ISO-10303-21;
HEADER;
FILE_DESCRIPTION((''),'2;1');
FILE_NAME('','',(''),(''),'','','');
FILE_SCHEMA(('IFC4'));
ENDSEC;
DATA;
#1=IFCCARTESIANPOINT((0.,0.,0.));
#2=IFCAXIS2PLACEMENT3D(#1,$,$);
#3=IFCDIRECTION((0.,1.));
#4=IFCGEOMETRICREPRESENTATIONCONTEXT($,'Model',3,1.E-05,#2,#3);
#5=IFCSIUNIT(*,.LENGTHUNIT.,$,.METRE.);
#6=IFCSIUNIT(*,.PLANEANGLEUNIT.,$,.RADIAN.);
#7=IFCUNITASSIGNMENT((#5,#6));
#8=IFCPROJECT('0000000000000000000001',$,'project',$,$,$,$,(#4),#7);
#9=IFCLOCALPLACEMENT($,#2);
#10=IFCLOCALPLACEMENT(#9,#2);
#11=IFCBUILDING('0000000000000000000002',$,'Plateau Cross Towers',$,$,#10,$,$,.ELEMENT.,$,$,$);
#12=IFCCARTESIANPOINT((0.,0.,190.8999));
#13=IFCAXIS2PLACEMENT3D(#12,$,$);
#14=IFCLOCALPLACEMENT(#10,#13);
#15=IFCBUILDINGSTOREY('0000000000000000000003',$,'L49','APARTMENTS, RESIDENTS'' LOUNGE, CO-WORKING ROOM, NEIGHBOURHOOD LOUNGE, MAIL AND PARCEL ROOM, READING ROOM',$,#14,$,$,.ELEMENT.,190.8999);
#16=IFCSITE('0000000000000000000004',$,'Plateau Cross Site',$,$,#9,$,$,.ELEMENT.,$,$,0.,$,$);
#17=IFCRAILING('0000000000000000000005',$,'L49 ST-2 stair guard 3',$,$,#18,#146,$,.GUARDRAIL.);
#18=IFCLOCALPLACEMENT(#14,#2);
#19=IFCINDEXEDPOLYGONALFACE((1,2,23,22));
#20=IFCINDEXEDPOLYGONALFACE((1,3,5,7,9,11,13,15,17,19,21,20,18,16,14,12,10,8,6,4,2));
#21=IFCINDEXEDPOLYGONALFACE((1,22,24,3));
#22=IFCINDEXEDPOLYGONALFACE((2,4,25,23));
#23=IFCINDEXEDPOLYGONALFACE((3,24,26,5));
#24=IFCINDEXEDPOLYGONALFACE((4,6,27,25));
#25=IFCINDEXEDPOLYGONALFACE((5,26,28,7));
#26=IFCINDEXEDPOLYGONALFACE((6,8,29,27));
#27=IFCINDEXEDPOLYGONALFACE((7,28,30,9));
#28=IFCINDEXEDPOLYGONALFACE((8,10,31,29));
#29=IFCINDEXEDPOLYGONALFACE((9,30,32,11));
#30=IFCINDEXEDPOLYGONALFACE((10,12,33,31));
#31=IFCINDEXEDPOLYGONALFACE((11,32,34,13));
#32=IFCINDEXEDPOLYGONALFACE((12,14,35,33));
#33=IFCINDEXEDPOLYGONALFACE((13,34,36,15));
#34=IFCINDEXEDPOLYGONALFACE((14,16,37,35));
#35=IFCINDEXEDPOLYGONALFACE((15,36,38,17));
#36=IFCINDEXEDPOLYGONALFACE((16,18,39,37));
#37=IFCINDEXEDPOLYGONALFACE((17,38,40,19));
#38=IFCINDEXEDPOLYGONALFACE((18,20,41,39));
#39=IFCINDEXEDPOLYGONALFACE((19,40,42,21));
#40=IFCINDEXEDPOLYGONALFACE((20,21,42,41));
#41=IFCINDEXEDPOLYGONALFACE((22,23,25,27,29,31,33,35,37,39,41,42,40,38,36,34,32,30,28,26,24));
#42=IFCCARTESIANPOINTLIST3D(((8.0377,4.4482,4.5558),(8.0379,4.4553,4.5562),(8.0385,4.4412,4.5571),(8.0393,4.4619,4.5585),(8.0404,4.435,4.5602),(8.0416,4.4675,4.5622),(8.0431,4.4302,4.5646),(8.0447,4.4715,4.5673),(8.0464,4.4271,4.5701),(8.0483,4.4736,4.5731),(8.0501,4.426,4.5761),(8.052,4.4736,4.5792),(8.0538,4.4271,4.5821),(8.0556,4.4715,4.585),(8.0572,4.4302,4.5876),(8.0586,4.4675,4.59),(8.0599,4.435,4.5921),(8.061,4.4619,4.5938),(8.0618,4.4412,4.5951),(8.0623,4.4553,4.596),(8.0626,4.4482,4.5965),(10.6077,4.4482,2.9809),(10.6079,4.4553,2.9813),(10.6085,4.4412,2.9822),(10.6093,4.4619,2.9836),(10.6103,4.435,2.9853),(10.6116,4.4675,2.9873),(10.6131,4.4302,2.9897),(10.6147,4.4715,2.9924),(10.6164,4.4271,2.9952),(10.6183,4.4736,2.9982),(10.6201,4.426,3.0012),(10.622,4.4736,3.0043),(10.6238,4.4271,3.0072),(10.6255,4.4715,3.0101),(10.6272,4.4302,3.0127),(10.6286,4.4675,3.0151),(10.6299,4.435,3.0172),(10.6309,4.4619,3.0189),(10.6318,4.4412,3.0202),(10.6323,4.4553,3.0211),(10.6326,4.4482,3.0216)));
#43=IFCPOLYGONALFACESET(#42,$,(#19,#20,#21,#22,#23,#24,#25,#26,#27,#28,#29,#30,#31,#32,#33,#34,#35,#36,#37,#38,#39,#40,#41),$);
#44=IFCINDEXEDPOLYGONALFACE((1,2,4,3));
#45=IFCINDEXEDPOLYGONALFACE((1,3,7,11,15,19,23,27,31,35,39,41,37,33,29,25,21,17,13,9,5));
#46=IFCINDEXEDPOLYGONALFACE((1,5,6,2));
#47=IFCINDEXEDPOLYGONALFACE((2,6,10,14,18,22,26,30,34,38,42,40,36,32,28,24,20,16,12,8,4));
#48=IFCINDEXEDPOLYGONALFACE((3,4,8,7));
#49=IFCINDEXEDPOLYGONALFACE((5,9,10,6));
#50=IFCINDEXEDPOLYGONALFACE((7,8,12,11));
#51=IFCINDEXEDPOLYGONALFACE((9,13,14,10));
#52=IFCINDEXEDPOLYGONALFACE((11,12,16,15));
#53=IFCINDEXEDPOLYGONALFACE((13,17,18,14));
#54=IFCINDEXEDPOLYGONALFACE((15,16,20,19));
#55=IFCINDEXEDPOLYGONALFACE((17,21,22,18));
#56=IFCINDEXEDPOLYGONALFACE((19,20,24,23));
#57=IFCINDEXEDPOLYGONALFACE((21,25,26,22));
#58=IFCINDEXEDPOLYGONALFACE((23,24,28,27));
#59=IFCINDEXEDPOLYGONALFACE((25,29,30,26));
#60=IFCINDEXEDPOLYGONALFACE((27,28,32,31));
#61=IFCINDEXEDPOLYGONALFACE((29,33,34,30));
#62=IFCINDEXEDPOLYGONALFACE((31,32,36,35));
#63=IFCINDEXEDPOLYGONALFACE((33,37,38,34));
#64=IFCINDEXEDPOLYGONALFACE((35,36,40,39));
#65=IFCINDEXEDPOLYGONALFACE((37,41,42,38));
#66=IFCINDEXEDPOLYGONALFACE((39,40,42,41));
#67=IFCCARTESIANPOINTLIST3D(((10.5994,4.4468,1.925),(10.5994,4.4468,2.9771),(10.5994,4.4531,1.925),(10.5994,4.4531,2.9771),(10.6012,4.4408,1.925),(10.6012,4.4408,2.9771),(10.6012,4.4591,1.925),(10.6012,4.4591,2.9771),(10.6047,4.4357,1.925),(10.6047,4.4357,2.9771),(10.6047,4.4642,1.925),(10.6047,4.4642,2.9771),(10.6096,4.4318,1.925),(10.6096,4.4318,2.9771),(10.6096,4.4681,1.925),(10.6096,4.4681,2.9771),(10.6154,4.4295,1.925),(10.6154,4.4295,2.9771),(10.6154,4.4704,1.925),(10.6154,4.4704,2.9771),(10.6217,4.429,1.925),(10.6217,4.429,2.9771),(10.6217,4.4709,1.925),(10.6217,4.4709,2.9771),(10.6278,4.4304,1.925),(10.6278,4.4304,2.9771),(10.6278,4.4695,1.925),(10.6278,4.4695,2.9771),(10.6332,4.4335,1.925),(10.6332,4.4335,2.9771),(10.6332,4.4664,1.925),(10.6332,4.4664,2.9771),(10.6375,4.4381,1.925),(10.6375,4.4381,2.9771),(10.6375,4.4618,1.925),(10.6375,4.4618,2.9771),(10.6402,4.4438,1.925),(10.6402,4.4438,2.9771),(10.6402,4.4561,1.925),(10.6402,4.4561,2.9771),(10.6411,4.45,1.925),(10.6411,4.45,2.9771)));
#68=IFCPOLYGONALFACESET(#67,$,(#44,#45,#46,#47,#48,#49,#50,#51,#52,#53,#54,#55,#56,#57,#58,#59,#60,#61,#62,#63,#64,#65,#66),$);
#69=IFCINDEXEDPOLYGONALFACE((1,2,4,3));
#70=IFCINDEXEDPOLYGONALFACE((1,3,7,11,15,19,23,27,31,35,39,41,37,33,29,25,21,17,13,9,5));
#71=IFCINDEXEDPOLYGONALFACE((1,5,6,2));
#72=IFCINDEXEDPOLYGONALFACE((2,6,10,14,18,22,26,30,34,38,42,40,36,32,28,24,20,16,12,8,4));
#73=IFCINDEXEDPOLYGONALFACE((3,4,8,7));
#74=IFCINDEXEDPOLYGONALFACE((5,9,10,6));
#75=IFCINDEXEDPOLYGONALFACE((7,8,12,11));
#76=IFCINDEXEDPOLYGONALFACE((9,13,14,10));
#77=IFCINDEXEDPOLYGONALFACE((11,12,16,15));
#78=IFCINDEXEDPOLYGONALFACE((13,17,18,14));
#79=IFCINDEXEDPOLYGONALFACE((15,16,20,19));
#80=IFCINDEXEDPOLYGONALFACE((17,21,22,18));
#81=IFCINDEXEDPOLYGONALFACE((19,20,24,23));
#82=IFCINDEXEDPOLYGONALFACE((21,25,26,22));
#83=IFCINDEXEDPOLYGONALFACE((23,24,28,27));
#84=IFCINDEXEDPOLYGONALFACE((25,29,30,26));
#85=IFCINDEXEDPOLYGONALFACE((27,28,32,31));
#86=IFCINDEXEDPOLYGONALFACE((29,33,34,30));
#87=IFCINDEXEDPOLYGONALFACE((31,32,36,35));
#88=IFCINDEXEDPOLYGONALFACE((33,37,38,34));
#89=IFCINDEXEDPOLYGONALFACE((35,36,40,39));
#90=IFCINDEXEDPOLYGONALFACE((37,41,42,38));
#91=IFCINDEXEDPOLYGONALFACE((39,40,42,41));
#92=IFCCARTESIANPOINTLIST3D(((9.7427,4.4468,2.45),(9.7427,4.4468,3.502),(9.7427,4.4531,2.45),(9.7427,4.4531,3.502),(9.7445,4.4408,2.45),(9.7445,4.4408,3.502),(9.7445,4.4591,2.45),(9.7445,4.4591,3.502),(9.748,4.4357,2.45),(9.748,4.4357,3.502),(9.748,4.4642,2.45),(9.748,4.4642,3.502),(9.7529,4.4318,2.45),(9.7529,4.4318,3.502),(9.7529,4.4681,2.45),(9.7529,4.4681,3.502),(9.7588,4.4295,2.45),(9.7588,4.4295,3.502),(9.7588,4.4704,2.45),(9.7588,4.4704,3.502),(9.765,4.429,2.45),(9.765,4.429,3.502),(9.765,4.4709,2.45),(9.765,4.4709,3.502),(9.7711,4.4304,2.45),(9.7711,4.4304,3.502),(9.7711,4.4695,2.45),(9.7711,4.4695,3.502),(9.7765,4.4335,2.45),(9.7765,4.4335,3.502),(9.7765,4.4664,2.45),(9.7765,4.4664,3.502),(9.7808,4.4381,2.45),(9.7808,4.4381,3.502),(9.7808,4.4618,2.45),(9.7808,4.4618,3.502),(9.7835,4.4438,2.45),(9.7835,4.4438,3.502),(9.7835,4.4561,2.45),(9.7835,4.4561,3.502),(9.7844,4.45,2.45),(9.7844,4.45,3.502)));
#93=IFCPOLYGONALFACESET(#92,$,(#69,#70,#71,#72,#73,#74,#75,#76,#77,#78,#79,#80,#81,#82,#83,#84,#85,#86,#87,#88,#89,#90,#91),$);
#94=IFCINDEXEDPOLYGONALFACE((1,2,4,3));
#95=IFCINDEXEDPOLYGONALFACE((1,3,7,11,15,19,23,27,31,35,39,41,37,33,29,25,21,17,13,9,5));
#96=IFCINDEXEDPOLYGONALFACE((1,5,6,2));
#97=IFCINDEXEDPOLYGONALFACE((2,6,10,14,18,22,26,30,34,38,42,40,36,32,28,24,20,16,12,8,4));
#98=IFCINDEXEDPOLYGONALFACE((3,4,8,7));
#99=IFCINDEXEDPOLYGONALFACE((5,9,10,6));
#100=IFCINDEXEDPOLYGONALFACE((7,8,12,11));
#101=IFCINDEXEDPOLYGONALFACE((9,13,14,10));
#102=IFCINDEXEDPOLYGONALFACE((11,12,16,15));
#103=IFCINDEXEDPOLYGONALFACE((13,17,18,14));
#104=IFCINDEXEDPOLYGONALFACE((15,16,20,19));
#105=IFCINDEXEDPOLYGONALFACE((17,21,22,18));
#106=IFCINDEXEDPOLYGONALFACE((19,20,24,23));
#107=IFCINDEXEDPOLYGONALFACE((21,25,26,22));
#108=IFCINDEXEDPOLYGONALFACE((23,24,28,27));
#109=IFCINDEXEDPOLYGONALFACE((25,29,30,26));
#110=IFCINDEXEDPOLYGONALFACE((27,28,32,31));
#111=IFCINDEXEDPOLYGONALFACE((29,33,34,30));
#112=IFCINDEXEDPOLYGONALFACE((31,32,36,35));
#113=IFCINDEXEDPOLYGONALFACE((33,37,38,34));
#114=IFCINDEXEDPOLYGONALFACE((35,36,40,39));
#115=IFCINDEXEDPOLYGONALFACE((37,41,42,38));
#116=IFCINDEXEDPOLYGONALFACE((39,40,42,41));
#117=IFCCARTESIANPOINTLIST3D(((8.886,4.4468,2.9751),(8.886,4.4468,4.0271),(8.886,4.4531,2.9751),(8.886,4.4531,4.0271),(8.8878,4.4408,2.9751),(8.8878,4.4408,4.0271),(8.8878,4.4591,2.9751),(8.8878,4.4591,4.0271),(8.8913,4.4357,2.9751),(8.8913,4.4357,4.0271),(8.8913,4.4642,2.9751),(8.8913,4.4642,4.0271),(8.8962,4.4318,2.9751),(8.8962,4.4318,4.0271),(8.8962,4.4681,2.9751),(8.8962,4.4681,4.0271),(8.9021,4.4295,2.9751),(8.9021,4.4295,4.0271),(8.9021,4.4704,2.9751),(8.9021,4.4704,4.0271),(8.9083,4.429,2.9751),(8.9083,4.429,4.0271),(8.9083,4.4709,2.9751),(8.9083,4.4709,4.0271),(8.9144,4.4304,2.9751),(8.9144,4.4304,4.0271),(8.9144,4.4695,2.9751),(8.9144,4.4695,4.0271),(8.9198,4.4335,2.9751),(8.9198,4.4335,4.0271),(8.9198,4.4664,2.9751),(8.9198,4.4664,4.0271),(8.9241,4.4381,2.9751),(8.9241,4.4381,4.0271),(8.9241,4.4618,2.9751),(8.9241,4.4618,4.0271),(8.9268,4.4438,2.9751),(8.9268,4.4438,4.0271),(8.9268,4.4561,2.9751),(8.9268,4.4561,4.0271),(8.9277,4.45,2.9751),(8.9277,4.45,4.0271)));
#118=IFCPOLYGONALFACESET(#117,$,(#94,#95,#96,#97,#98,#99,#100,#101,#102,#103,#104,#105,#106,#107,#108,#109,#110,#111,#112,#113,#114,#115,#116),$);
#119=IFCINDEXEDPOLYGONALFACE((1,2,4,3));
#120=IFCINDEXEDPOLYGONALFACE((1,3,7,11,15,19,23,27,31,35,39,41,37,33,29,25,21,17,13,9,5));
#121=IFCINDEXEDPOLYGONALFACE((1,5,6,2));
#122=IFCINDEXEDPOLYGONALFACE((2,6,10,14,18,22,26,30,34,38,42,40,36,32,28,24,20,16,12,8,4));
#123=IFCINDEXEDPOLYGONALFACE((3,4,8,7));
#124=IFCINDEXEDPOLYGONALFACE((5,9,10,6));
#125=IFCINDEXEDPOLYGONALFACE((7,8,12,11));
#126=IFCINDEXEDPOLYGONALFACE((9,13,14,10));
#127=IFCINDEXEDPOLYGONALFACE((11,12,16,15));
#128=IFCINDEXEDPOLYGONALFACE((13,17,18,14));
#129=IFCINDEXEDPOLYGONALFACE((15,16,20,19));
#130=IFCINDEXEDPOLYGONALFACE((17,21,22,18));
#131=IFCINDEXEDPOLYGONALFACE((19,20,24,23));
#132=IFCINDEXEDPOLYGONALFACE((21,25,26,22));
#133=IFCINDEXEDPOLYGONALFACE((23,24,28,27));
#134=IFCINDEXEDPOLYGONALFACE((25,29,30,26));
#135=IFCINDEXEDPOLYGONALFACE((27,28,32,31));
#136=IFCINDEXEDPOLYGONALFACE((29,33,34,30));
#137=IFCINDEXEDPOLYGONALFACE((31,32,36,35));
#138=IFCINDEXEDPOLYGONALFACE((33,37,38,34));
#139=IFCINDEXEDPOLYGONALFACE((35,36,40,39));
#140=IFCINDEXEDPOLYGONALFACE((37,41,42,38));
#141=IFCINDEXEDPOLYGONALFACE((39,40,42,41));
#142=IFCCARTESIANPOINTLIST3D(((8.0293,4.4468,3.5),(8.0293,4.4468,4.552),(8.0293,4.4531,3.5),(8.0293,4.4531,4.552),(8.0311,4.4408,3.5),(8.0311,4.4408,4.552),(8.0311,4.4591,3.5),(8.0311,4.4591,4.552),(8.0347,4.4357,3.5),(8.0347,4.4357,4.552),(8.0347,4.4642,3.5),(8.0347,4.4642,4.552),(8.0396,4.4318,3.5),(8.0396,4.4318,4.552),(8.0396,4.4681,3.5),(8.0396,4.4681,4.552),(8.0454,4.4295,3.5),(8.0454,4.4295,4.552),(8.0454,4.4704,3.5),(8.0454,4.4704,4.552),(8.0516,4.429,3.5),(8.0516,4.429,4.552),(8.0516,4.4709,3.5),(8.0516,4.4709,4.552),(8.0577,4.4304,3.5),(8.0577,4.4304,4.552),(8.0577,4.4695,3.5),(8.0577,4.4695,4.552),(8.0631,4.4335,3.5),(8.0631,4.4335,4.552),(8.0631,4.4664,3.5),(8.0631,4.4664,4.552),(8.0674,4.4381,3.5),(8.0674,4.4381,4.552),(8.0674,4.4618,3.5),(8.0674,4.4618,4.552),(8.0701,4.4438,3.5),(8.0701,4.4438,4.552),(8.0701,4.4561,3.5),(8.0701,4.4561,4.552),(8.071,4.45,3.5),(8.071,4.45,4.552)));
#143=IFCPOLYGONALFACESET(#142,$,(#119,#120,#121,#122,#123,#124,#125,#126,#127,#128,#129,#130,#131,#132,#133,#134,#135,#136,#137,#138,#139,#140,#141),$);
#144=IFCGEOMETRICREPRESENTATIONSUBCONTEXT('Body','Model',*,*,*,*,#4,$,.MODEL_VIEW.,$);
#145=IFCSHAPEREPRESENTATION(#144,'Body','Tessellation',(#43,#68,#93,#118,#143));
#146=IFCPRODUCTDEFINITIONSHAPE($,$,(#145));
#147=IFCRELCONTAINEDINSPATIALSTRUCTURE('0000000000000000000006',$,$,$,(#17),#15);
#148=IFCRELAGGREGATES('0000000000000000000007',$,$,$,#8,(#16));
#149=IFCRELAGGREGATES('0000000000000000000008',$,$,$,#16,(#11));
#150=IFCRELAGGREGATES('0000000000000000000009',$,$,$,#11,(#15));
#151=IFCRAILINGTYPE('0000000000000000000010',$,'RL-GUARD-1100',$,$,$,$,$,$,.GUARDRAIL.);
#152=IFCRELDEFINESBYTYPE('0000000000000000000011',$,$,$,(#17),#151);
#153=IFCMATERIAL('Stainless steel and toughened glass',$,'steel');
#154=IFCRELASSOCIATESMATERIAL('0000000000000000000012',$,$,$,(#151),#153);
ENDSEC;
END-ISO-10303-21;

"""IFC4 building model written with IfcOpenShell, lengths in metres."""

from ifc_helpers import new_model, si_unit, direction, frame, origin, origin_2d, place, context, subcontext, project, spatial, circle, extrude, material, type_object, element, save


model = new_model("IFC4")

# Units and contexts
model_context = context("Model", 3, precision=1e-05, world=origin(), true_north=direction((0.0, 1.0)))
body_context = subcontext(model_context, "Body", "Model", "MODEL_VIEW")
ifc_project = project(units=[si_unit("LENGTHUNIT", "METRE"), si_unit("PLANEANGLEUNIT", "RADIAN")], contexts=[model_context])

# Site, building, storey
site_placement = place(None, origin())
site = spatial("IfcSite", under=ifc_project, at=site_placement, Name="Plateau Cross Site", CompositionType="ELEMENT", RefElevation=0.0)
building_placement = place(site_placement, origin())
building = spatial("IfcBuilding", under=site, at=building_placement, Name="Plateau Cross Towers", CompositionType="ELEMENT")
storey_placement = place(building_placement, frame((0.0, 0.0, 190.8999)))
storey = spatial("IfcBuildingStorey", under=building, at=storey_placement, Name="L49", Description="APARTMENTS, RESIDENTS' LOUNGE, CO-WORKING ROOM, NEIGHBOURHOOD LOUNGE, MAIL AND PARCEL ROOM, READING ROOM", CompositionType="ELEMENT", Elevation=190.8999)

# Railing
ifc_material_1 = material(Name="Stainless steel and toughened glass", Category="steel")
railing_type_1 = type_object("IfcRailingType", Name="RL-GUARD-1100", PredefinedType="GUARDRAIL", material=ifc_material_1)
railing_1_placement = place(storey_placement, frame((10.6201, 4.45, 1.925)))
element("IfcRailing", 1, at=railing_1_placement, inside=storey, type_object=railing_type_1, Name="L49 ST-2 stair guard 3", PredefinedType="GUARDRAIL", context=body_context, shape_type="SweptSolid", body=[
    extrude(circle(Radius=0.0239, at=origin_2d()), frame((0.0, 0.0, 1.0762), z_axis=(-0.852639, 0.0, 0.522501), x_axis=(0.0, -1.0, 0.0)), (0.0, 0.0, 1.0), 3.0142),
    extrude(circle(Radius=0.021, at=origin_2d()), origin(), (0.0, 0.0, 1.0), 1.052),
    extrude(circle(Radius=0.021, at=origin_2d()), frame((-0.8567, 0.0, 0.5249)), (0.0, 0.0, 1.0), 1.052),
    extrude(circle(Radius=0.021, at=origin_2d()), frame((-1.7134, 0.0, 1.05)), (0.0, 0.0, 1.0), 1.052),
    extrude(circle(Radius=0.021, at=origin_2d()), frame((-2.5701, 0.0, 1.575)), (0.0, 0.0, 1.0), 1.052),
])

save(model, "model.ifc")
